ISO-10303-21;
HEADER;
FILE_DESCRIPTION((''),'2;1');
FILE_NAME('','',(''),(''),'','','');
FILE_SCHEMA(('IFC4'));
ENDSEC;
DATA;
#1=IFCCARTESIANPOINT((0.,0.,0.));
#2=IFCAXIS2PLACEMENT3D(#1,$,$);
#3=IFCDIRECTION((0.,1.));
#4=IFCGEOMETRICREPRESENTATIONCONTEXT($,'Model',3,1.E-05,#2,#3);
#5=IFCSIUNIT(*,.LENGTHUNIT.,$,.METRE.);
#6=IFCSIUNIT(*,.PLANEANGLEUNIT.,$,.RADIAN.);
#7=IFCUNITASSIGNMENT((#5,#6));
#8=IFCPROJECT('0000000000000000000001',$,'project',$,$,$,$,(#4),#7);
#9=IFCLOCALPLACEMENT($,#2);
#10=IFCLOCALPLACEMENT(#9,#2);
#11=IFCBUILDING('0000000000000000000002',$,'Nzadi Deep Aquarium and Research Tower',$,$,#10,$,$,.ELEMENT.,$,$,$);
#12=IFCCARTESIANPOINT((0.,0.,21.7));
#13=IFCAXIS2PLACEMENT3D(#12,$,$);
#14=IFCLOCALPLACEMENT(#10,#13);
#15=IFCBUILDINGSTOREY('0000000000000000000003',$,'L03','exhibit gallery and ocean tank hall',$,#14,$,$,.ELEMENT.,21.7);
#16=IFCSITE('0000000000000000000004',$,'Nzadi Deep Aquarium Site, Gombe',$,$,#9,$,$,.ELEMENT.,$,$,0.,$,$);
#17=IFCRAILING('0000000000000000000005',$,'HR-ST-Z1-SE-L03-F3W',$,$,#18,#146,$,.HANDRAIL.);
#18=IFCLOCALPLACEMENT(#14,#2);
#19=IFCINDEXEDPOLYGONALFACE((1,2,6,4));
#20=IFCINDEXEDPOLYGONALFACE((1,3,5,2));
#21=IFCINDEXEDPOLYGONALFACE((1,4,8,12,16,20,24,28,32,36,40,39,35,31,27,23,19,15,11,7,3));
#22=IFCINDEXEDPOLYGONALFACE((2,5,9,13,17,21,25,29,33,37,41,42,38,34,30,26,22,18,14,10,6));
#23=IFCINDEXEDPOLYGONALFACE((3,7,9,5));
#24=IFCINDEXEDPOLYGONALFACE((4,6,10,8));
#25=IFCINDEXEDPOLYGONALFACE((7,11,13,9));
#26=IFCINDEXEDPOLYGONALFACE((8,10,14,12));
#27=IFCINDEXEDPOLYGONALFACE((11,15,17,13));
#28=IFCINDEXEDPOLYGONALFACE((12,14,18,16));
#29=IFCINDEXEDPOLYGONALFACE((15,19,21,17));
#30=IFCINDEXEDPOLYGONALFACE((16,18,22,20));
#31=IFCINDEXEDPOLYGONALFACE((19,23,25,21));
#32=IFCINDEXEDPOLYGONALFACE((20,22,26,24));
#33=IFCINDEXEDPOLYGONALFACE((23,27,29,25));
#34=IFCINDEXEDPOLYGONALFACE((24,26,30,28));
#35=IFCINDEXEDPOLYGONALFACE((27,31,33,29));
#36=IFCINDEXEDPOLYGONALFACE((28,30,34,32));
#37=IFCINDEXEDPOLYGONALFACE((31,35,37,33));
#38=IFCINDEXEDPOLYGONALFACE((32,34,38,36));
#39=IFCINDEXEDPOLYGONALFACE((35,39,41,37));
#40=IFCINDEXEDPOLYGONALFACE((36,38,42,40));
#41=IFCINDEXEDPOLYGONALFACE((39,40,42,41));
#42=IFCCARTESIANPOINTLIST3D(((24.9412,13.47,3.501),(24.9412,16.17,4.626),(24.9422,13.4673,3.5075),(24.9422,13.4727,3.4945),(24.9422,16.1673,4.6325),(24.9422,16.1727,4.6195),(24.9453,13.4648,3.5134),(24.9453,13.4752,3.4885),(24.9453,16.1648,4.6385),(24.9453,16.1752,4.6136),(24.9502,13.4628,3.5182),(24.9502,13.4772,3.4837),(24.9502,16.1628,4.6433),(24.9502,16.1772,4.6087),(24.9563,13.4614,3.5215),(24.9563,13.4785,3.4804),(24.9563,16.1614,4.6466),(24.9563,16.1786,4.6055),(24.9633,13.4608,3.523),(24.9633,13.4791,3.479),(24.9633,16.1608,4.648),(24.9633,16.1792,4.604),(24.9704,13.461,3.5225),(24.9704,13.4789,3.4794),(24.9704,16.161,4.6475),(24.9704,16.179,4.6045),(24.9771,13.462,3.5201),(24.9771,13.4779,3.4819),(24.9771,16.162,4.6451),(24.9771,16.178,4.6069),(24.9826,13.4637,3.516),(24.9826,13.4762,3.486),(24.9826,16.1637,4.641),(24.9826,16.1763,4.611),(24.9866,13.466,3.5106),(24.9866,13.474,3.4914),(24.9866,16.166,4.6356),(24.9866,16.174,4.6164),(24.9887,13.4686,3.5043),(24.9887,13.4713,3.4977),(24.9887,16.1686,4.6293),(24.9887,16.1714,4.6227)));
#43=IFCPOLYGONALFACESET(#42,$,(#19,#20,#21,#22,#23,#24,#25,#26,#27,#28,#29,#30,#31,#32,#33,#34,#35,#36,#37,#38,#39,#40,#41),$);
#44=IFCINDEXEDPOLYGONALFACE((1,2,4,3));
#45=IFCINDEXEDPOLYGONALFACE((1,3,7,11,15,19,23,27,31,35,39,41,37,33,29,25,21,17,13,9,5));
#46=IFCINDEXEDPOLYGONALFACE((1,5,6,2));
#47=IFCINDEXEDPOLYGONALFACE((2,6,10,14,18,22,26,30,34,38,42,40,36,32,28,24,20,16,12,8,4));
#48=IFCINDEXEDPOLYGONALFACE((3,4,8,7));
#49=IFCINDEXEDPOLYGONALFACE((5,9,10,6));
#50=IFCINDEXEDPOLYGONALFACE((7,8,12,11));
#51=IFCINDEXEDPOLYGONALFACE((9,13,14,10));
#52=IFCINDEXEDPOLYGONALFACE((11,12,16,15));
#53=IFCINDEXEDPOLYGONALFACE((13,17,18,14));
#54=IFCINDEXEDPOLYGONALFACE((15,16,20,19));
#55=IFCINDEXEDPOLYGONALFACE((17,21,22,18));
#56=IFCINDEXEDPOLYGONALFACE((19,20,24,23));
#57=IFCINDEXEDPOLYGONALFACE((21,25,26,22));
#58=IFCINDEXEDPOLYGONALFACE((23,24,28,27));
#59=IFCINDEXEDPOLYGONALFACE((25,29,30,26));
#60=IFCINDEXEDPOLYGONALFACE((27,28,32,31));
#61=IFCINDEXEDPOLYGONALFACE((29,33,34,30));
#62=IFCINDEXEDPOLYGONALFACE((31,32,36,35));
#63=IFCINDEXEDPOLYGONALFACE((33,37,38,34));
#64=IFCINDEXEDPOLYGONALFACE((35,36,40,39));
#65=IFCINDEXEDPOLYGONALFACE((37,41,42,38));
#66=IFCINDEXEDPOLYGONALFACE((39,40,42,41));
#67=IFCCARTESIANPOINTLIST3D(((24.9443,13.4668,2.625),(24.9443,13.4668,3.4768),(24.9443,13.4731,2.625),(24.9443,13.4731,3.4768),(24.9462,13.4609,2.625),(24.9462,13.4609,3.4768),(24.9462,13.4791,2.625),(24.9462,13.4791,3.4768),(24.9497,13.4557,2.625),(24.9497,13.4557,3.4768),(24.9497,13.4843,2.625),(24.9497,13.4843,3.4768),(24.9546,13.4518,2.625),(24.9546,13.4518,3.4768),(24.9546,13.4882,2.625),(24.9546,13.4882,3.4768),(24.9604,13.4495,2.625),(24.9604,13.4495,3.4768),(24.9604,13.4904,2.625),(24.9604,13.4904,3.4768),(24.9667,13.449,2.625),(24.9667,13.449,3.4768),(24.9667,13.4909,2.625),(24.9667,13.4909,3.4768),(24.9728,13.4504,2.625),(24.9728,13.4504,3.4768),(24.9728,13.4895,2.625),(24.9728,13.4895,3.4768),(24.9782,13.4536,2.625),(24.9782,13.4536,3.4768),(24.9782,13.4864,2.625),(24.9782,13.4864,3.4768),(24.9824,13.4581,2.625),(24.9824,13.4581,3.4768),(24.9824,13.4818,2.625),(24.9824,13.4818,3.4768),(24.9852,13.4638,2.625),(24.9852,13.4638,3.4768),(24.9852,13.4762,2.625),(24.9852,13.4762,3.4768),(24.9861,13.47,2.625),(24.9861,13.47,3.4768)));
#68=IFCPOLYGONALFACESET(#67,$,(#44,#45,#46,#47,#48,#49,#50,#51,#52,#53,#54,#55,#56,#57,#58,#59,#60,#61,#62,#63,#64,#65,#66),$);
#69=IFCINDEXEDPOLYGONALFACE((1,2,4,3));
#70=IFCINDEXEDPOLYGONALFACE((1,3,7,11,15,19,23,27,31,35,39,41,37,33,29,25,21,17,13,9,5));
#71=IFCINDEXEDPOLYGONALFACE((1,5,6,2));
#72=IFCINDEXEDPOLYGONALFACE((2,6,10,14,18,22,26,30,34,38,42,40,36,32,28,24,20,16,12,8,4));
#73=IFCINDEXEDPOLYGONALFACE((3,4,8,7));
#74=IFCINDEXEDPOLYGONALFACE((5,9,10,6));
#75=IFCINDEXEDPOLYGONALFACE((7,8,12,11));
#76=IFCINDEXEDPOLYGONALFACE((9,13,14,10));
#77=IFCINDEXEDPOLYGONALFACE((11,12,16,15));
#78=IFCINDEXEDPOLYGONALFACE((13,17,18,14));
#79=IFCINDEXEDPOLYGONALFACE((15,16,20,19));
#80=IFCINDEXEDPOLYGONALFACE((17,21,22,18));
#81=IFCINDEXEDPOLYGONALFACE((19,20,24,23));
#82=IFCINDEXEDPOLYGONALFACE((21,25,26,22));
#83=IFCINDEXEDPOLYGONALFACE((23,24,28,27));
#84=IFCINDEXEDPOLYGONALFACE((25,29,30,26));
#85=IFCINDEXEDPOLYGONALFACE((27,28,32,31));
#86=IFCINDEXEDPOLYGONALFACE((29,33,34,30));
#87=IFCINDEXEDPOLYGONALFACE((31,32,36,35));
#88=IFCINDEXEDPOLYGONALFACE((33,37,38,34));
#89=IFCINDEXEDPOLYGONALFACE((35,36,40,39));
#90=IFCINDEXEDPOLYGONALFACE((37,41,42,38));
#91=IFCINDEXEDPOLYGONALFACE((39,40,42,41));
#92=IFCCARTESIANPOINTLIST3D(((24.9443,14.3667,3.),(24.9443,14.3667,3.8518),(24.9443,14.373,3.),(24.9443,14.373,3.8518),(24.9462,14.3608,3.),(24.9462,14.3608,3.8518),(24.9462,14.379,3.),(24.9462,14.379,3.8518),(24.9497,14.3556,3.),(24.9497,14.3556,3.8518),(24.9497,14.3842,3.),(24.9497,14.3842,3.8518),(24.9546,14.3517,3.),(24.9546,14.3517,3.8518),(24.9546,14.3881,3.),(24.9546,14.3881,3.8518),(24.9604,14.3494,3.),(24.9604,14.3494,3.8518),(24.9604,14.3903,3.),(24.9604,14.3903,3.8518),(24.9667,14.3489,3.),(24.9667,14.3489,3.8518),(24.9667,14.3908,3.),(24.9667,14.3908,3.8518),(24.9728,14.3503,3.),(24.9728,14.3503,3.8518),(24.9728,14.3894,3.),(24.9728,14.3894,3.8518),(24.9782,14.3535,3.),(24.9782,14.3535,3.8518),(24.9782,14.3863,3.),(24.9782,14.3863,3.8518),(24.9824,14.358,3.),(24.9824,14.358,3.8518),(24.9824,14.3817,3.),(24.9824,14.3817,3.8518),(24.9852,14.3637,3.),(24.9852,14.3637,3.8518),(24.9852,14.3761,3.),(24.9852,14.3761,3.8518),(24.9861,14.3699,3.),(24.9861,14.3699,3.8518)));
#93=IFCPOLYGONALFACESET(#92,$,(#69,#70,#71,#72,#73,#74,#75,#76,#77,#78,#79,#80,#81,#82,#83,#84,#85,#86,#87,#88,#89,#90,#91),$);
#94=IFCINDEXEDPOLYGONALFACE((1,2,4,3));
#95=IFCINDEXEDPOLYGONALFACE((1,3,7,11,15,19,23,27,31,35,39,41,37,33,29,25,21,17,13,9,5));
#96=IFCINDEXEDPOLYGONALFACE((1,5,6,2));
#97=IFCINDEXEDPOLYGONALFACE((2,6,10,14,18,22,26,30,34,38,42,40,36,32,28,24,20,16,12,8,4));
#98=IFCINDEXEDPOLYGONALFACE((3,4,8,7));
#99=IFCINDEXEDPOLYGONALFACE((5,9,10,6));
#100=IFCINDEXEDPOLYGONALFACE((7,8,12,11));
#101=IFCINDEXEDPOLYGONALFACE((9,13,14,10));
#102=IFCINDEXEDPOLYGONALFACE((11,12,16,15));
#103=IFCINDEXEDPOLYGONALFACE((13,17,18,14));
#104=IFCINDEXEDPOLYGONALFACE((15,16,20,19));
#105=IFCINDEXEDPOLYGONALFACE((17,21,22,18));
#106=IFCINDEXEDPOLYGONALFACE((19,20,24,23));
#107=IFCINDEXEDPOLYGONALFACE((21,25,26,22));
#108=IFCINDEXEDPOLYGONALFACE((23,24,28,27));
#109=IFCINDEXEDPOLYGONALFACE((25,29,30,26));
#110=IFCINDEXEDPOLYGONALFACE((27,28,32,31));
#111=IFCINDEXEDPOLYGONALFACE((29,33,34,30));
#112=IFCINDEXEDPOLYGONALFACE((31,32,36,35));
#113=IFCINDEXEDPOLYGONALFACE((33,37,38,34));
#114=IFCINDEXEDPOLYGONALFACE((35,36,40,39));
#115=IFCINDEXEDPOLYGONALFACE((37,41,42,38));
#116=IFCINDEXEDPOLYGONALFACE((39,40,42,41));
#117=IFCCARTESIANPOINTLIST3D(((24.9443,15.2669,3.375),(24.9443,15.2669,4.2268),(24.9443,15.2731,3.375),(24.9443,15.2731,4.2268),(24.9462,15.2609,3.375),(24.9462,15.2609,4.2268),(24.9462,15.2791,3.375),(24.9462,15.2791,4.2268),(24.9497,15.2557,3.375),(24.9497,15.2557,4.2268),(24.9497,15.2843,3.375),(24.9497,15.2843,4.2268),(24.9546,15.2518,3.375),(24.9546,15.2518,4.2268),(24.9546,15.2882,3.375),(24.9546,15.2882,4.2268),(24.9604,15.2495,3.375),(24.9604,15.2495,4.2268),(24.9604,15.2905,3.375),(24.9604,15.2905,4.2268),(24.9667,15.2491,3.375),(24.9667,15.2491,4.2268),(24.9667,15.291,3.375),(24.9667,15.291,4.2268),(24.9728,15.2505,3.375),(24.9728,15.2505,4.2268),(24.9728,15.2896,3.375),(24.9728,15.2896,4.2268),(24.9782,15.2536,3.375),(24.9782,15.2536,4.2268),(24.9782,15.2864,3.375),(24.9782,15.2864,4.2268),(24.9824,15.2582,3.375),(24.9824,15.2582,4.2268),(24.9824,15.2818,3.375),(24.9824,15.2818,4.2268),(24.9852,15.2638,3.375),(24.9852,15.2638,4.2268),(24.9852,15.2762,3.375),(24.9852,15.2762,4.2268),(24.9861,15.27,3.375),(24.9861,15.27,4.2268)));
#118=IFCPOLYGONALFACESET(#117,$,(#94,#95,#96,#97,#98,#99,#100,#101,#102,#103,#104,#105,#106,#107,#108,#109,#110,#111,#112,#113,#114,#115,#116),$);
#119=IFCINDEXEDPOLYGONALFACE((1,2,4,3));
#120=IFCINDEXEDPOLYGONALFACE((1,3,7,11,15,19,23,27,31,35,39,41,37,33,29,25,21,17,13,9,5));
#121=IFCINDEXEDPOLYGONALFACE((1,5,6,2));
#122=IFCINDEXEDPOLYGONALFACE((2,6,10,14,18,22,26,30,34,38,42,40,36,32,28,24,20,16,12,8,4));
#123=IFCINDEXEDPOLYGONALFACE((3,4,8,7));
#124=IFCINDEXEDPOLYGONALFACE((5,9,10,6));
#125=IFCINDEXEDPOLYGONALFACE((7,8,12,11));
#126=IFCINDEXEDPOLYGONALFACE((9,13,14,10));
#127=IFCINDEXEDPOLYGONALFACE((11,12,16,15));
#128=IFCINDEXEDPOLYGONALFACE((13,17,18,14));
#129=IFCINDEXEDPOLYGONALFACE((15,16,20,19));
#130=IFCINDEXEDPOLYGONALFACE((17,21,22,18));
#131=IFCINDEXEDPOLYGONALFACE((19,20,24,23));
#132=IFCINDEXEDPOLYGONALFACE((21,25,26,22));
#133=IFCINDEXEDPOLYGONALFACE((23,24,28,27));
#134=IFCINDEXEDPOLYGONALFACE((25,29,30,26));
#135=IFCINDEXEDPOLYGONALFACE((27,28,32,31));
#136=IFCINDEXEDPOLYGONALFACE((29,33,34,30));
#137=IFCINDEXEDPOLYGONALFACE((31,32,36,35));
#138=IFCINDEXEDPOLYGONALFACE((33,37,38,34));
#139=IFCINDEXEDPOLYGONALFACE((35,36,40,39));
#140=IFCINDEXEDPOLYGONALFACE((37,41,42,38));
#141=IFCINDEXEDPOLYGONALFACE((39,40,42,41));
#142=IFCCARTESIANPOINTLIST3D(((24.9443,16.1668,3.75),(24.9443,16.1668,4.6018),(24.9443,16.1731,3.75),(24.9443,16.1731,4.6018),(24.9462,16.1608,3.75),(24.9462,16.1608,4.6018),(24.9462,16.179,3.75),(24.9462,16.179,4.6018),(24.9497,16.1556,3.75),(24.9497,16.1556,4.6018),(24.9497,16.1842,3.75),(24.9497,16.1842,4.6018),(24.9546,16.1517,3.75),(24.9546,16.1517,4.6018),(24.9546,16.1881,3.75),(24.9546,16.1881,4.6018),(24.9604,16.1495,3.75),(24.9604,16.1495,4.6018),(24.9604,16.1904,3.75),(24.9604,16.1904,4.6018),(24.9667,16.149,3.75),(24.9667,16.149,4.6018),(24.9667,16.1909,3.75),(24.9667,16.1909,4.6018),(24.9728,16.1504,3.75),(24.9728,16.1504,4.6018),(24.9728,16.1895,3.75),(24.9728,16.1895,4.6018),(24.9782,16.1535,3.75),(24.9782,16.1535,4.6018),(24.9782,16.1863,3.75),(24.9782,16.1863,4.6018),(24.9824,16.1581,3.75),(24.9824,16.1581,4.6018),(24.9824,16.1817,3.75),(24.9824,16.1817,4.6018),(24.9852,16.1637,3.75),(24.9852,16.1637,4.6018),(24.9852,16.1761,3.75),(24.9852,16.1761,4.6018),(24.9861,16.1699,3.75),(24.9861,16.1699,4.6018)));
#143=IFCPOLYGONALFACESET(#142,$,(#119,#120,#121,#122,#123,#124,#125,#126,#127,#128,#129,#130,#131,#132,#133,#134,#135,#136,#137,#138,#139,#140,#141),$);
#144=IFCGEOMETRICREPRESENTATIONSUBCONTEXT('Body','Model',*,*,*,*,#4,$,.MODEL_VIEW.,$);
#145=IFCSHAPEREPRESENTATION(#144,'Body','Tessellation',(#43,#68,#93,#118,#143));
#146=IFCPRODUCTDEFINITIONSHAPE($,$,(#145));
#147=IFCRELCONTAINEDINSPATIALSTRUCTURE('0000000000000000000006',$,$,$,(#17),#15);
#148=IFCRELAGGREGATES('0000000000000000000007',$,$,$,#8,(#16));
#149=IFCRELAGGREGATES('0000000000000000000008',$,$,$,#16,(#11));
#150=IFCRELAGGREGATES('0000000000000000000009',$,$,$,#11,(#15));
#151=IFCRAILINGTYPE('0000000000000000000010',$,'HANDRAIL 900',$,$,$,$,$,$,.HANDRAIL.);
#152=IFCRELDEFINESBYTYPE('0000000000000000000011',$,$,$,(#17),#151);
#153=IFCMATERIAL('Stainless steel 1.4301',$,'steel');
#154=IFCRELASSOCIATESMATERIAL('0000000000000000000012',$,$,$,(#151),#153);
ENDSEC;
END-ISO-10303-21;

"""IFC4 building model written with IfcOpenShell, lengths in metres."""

from ifc_helpers import new_model, si_unit, direction, frame, origin, origin_2d, place, context, subcontext, project, spatial, circle, extrude, material, type_object, element, save


model = new_model("IFC4")

# Units and contexts
model_context = context("Model", 3, precision=1e-05, world=origin(), true_north=direction((0.0, 1.0)))
body_context = subcontext(model_context, "Body", "Model", "MODEL_VIEW")
ifc_project = project(units=[si_unit("LENGTHUNIT", "METRE"), si_unit("PLANEANGLEUNIT", "RADIAN")], contexts=[model_context])

# Site, building, storey
site_placement = place(None, origin())
site = spatial("IfcSite", under=ifc_project, at=site_placement, Name="Nzadi Deep Aquarium Site, Gombe", CompositionType="ELEMENT", RefElevation=0.0)
building_placement = place(site_placement, origin())
building = spatial("IfcBuilding", under=site, at=building_placement, Name="Nzadi Deep Aquarium and Research Tower", CompositionType="ELEMENT")
storey_placement = place(building_placement, frame((0.0, 0.0, 21.7)))
storey = spatial("IfcBuildingStorey", under=building, at=storey_placement, Name="L03", Description="exhibit gallery and ocean tank hall", CompositionType="ELEMENT", Elevation=21.7)

# Railing
ifc_material_1 = material(Name="Stainless steel 1.4301", Category="steel")
railing_type = type_object("IfcRailingType", Name="HANDRAIL 900", PredefinedType="HANDRAIL", material=ifc_material_1)
railing_1_placement = place(storey_placement, frame((24.9651, 13.47, 2.625)))
element("IfcRailing", 1, at=railing_1_placement, inside=storey, type_object=railing_type, Name="HR-ST-Z1-SE-L03-F3W", PredefinedType="HANDRAIL", context=body_context, shape_type="SweptSolid", body=[
    extrude(circle(Radius=0.0239, at=origin_2d()), frame((0.0, 0.0, 0.876), z_axis=(0.0, 0.923074, 0.384621), x_axis=(-1.0, 0.0, 0.0)), (0.0, 0.0, 1.0), 2.925),
    extrude(circle(Radius=0.021, at=origin_2d()), origin(), (0.0, 0.0, 1.0), 0.8518),
    extrude(circle(Radius=0.021, at=origin_2d()), frame((0.0, 0.8999, 0.375)), (0.0, 0.0, 1.0), 0.8518),
    extrude(circle(Radius=0.021, at=origin_2d()), frame((0.0, 1.8, 0.75)), (0.0, 0.0, 1.0), 0.8518),
    extrude(circle(Radius=0.021, at=origin_2d()), frame((0.0, 2.7, 1.125)), (0.0, 0.0, 1.0), 0.8518),
])

save(model, "model.ifc")
